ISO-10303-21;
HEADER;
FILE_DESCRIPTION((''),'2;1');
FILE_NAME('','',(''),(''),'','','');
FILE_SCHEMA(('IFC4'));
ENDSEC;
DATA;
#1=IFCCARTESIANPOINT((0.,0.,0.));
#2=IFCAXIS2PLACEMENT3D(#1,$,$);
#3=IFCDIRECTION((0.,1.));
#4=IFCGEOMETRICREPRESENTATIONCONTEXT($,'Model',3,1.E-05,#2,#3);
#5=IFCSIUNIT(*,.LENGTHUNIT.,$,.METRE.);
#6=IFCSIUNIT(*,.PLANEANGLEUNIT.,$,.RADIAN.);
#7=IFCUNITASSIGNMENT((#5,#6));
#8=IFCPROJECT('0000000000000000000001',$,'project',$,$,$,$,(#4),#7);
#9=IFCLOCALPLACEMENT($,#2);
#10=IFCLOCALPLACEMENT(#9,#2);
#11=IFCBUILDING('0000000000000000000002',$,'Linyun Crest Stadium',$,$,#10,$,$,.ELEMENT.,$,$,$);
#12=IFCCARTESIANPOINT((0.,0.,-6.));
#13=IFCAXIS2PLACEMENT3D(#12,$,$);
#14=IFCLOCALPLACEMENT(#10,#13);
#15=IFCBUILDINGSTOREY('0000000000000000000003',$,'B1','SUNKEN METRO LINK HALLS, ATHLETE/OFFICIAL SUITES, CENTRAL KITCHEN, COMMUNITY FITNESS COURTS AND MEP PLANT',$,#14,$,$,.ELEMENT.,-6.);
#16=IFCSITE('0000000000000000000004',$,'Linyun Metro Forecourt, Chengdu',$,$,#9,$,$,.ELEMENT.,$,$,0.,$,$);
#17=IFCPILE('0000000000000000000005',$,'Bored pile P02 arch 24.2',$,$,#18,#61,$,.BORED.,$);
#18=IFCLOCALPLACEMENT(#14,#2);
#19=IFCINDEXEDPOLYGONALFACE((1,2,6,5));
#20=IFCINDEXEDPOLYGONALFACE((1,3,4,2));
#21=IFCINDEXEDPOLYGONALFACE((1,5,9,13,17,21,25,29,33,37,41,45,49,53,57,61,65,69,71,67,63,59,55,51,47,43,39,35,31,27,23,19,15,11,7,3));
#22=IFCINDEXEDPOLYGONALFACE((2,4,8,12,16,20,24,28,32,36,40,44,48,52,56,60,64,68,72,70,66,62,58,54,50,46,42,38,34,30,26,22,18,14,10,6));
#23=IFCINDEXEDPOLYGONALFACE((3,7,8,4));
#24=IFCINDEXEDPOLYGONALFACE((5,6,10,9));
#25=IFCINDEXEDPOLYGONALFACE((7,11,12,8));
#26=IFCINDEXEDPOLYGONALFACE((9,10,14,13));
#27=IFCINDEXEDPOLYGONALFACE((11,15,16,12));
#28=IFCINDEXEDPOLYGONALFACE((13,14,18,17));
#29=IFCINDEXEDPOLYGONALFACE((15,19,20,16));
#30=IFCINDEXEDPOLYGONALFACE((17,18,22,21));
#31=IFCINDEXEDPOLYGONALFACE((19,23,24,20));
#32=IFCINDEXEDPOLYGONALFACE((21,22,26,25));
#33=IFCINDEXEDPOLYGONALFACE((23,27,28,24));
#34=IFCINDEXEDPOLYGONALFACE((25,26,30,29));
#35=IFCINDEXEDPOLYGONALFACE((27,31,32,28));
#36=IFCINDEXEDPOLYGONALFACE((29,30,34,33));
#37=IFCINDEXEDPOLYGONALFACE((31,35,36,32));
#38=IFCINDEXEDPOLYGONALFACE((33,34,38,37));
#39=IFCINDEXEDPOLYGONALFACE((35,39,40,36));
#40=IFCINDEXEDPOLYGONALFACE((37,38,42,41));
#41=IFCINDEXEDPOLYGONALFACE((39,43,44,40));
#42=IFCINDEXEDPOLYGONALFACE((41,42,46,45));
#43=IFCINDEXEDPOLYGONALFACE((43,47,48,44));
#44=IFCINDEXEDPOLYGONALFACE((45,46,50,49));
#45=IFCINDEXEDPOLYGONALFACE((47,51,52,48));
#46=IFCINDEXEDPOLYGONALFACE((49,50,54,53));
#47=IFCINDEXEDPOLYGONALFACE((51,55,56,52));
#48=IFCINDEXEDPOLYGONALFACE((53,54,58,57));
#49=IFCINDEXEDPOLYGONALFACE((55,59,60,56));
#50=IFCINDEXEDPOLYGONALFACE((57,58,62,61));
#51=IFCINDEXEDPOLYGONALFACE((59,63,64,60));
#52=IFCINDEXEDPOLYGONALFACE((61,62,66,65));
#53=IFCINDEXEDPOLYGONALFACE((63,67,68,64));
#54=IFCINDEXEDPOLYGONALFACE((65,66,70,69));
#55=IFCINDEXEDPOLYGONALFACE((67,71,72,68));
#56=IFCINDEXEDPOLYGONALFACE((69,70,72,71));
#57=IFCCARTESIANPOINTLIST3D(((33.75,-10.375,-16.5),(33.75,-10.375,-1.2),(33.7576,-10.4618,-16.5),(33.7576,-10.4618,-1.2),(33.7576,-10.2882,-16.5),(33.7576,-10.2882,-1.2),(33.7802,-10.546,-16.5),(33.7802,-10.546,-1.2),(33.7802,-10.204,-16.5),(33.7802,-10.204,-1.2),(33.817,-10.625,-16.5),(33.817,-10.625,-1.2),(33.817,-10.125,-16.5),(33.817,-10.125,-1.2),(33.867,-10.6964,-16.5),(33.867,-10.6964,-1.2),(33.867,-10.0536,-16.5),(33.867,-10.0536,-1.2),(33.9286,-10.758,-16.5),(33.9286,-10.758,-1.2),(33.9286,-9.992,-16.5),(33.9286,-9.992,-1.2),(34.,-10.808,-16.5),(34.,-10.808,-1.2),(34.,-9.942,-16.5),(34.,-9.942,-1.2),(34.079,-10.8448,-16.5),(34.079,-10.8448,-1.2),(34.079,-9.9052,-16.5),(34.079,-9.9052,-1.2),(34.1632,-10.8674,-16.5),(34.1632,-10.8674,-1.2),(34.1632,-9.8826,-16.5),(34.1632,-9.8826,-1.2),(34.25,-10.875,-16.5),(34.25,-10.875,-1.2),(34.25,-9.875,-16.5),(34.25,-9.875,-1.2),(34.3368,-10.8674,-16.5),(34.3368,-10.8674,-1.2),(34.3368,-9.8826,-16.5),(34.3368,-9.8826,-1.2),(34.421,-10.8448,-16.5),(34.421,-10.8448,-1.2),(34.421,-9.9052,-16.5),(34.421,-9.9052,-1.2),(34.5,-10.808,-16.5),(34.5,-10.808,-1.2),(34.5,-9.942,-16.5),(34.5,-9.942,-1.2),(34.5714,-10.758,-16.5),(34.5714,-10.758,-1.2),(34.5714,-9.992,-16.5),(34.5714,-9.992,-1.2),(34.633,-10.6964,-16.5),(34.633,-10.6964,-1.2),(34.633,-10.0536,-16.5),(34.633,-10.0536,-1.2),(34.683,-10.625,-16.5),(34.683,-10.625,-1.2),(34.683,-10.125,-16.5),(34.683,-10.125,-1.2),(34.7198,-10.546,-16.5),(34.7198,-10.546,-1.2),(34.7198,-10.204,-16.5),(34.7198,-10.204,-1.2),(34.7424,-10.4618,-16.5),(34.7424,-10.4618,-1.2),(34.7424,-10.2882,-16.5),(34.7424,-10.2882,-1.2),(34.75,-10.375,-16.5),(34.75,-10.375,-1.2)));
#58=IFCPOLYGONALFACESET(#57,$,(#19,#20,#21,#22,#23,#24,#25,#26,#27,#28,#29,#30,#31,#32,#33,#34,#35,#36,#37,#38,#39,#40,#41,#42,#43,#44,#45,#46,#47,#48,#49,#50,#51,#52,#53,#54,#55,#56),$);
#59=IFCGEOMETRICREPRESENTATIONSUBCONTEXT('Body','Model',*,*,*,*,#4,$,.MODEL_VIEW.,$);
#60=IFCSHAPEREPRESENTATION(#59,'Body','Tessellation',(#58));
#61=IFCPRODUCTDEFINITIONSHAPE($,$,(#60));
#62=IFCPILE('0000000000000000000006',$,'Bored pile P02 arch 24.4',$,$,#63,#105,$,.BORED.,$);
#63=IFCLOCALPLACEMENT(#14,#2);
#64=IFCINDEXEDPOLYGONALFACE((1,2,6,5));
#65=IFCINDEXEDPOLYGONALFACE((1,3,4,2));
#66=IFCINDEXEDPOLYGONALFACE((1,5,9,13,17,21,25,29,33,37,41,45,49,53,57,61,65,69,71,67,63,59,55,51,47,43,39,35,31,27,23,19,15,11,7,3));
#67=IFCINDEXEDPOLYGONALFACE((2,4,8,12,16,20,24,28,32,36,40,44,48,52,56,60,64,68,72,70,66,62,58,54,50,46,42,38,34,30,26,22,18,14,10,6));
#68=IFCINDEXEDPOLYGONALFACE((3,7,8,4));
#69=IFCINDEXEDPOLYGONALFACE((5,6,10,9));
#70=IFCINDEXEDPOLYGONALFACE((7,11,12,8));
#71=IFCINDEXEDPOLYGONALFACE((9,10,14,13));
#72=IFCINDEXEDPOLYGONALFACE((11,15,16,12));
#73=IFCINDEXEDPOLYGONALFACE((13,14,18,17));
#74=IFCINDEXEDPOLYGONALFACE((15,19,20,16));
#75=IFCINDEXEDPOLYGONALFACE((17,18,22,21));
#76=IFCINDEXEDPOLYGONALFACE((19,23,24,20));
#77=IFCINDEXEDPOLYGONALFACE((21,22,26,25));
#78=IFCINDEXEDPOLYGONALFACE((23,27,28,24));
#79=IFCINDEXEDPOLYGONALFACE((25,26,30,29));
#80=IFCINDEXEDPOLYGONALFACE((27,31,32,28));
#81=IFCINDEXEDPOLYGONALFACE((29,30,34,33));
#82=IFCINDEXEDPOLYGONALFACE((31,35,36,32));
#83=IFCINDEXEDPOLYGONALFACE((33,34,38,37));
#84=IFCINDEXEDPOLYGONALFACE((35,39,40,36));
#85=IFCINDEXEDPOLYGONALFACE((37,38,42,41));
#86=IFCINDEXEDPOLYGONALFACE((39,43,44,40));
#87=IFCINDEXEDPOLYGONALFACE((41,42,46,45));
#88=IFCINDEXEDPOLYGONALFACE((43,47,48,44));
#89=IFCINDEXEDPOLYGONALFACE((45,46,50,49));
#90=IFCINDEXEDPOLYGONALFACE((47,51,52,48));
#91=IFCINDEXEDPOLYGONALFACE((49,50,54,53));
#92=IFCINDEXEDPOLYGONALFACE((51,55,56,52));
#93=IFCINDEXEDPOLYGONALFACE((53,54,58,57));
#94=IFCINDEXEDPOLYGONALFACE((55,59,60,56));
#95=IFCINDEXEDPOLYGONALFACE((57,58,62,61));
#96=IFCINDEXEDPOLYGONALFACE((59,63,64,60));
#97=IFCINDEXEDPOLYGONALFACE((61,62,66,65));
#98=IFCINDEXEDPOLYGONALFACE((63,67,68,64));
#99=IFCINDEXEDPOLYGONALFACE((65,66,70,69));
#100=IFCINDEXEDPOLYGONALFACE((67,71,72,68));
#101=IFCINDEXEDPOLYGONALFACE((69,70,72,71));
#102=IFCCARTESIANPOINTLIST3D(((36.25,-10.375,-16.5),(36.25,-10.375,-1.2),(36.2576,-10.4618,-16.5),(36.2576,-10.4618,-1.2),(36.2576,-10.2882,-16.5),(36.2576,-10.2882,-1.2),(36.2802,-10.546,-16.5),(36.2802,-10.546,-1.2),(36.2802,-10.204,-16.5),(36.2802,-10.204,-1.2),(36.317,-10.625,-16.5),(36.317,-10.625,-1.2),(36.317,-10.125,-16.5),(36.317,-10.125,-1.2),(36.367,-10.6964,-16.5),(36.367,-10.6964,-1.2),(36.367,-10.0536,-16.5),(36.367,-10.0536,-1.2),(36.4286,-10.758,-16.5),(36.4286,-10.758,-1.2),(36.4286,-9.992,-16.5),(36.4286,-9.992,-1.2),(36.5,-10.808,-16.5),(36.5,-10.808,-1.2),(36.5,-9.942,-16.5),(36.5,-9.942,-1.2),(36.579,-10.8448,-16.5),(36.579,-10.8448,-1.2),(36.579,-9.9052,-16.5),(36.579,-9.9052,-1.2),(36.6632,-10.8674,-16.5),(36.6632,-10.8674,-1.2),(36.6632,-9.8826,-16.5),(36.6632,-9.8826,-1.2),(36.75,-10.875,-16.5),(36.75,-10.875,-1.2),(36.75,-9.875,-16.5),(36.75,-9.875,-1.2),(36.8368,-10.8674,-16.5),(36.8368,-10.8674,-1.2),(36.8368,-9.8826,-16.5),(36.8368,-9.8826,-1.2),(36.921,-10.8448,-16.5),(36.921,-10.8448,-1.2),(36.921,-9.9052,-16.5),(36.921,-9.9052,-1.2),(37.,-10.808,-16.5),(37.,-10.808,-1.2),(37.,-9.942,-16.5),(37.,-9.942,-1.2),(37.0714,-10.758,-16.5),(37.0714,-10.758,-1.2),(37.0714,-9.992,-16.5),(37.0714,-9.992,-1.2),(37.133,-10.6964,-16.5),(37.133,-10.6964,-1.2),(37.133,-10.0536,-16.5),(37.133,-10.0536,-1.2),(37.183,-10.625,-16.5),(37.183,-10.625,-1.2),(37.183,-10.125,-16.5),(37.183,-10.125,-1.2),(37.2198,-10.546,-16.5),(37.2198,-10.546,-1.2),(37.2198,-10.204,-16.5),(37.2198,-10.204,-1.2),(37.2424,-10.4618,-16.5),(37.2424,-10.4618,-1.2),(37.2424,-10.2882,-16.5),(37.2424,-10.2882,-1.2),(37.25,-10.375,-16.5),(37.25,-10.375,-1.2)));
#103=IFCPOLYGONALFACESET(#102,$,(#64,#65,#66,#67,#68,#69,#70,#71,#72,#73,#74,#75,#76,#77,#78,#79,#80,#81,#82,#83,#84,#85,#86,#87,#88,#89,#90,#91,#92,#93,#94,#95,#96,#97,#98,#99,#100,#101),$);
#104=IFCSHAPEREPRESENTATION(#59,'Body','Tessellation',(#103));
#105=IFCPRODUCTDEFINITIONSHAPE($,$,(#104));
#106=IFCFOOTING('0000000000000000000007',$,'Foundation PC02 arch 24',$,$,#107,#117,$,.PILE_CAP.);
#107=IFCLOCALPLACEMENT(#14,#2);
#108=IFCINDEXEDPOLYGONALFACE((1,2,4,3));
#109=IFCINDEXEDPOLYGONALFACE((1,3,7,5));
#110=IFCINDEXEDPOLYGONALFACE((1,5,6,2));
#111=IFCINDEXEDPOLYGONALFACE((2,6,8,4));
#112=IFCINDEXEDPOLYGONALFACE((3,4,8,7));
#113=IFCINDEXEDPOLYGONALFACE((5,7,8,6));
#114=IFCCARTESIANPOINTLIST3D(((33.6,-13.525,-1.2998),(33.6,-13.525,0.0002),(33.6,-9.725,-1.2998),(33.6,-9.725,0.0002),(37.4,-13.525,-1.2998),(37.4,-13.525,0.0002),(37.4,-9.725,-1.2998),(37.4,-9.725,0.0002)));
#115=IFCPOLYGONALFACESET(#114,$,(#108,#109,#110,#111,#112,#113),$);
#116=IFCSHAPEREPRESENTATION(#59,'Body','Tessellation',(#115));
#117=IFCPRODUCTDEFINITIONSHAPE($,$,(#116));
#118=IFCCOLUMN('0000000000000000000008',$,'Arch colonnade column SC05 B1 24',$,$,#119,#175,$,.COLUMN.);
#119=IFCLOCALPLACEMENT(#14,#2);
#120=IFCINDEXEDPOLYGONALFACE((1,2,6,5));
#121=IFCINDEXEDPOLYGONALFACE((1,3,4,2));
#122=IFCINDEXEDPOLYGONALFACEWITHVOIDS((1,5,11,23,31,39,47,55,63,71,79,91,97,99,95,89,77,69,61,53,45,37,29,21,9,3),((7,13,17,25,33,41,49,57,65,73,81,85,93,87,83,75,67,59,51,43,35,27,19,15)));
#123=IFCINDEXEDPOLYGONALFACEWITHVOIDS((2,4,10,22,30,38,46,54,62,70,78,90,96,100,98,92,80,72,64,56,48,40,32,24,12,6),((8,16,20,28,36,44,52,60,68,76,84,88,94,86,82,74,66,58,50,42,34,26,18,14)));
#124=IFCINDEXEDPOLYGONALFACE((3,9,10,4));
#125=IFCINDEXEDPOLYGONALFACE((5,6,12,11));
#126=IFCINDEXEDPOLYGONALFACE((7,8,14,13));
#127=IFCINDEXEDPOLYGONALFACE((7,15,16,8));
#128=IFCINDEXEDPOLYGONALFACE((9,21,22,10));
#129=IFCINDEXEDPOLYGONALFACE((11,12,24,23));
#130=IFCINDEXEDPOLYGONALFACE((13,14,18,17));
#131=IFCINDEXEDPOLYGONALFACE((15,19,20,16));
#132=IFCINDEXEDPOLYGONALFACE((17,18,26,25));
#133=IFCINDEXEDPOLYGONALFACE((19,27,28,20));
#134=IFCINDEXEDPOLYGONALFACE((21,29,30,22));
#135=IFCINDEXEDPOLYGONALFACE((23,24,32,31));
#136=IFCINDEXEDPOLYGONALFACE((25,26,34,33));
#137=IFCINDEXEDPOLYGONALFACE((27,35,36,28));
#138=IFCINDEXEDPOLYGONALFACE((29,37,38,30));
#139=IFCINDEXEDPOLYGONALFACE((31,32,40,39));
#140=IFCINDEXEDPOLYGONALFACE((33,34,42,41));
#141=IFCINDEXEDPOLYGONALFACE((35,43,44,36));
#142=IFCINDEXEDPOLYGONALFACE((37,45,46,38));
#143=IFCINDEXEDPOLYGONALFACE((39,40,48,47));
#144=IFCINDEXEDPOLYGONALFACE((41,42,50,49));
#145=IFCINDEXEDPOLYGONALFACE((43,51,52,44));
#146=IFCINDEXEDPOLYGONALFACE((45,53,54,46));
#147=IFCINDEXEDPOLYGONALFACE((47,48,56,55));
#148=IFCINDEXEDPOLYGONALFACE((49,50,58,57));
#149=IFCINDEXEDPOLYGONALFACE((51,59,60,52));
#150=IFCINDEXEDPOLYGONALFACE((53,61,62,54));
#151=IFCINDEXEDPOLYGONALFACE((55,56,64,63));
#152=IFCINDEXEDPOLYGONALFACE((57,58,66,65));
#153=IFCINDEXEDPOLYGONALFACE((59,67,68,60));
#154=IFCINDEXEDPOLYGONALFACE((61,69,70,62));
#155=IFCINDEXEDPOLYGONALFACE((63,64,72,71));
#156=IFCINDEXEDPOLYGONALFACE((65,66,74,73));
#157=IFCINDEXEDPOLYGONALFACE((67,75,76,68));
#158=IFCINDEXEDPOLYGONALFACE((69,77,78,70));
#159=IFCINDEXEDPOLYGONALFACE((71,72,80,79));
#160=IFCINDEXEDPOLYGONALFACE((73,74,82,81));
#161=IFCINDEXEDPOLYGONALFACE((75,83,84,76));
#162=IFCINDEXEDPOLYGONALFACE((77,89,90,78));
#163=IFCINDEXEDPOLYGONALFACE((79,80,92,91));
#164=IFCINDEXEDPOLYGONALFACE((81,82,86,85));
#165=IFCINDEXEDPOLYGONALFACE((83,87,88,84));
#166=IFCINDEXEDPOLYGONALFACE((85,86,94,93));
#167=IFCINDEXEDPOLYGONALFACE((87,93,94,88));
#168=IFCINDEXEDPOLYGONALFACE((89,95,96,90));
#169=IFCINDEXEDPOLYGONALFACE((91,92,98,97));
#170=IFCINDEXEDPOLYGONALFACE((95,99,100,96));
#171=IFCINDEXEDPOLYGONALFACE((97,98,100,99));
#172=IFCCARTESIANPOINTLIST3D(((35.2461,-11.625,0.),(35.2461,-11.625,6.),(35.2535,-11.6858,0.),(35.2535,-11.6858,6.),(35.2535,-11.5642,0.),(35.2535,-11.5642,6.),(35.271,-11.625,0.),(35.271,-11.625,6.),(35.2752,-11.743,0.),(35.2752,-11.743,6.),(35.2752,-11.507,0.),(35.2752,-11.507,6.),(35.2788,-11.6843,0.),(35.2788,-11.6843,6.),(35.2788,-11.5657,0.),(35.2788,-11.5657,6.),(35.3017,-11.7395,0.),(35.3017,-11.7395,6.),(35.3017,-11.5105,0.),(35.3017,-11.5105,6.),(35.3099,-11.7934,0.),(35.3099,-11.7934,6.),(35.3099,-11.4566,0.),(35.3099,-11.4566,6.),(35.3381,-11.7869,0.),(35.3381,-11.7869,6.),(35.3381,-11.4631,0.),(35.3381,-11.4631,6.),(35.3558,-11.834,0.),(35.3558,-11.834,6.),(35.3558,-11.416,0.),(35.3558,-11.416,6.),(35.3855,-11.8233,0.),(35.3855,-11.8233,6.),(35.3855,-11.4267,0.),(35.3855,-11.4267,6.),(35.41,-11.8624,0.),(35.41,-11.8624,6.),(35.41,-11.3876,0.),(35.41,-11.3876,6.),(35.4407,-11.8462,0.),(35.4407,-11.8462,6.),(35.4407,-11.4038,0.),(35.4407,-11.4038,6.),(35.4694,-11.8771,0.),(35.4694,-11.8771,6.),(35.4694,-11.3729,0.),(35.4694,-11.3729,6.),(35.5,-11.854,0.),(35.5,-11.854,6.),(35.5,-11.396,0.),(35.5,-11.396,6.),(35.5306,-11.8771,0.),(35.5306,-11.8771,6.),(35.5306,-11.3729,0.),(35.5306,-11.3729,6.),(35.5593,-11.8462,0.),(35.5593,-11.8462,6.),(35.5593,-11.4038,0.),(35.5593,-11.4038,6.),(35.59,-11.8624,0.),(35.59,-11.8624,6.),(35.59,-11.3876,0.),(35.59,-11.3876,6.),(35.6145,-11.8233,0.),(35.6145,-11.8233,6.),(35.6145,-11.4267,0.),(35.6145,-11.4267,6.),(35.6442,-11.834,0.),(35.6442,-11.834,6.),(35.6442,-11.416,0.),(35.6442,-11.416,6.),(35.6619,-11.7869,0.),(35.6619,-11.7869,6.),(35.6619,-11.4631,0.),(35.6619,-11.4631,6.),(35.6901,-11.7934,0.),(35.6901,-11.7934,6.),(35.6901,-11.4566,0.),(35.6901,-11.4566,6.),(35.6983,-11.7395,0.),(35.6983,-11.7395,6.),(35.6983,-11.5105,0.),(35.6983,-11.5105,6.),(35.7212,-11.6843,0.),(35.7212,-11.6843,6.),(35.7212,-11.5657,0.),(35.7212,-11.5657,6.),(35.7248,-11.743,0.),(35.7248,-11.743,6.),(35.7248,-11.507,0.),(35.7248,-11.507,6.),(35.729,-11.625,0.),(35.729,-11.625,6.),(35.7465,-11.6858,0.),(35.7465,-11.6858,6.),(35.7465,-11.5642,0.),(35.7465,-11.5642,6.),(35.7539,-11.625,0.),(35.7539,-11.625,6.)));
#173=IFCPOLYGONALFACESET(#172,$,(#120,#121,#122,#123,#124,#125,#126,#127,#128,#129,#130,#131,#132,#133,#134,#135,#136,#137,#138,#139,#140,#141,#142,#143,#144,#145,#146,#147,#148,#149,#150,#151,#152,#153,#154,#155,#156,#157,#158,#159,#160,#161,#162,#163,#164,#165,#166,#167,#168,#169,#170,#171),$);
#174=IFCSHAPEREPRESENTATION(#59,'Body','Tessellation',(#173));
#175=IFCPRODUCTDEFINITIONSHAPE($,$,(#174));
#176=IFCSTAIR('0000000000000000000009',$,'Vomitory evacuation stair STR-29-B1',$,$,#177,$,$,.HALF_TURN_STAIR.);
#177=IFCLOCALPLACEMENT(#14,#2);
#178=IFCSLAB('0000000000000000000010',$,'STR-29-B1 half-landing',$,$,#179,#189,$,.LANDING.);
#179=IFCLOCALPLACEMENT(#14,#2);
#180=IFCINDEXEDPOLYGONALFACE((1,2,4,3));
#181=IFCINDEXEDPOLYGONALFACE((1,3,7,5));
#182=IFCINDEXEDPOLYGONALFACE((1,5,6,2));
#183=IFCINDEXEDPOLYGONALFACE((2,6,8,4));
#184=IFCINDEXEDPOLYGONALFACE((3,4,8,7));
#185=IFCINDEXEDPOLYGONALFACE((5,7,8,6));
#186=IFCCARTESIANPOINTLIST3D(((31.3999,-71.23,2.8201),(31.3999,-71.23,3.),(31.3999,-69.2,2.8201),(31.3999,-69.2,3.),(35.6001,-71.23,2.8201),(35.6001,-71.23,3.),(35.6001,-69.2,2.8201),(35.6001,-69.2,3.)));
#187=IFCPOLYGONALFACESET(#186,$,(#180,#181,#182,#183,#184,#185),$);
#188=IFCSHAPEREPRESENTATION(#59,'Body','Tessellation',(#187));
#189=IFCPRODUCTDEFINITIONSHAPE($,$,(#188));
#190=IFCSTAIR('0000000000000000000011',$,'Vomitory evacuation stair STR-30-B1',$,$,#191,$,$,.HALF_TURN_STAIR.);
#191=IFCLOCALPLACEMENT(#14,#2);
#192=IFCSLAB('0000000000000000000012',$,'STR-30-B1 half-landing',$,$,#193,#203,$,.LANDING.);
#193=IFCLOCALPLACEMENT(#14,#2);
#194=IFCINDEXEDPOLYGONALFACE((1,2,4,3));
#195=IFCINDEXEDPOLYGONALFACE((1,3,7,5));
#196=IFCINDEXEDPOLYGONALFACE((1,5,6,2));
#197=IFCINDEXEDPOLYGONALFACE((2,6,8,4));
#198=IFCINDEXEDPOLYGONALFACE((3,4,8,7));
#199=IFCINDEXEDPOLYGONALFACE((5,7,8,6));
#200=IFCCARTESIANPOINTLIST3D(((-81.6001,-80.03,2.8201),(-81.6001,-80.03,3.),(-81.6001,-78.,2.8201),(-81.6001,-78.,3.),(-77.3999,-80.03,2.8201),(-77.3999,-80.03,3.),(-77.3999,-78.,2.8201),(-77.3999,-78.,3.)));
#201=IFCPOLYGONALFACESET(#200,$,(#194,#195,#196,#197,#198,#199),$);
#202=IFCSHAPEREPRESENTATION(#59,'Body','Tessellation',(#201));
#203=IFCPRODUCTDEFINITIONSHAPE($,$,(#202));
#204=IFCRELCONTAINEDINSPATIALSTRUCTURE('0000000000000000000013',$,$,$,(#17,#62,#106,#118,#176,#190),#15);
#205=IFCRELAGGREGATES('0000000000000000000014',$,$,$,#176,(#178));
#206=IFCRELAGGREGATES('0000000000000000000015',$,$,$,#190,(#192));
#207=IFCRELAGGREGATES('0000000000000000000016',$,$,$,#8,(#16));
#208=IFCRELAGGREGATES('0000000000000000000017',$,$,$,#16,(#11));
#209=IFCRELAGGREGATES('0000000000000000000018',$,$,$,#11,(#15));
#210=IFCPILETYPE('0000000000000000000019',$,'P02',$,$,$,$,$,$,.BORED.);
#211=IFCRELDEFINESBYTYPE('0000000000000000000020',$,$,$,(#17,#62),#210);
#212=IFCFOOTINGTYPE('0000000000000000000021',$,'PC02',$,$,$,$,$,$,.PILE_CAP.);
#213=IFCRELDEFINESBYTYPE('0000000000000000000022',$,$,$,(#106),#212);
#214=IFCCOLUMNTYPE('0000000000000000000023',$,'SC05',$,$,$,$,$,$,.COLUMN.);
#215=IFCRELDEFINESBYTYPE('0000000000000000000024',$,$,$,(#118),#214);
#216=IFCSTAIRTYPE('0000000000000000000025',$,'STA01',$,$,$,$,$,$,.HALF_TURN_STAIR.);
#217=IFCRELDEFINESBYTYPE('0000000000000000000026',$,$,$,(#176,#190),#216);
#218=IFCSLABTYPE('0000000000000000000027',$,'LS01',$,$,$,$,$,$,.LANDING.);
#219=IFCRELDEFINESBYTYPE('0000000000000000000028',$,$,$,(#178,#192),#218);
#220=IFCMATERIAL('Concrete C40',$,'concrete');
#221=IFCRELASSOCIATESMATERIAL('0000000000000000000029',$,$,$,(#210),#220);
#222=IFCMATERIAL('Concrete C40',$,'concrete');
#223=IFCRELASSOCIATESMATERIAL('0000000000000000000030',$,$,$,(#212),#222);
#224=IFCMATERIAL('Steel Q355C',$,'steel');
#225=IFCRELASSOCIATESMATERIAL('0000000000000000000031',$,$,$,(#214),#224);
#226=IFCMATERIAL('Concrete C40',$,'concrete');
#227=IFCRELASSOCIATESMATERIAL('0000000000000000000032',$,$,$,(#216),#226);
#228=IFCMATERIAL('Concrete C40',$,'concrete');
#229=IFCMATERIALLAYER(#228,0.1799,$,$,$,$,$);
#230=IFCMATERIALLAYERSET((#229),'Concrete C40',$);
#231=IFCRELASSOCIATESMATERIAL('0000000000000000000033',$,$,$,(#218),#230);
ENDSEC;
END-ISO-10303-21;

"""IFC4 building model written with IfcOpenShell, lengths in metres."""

from ifc_helpers import new_model, si_unit, direction, frame, origin, origin_2d, place, context, subcontext, project, spatial, polyline, rectangle, circle, hollow_circle, outline, extrude, material, layer, layer_set, material_profile, profile_set, type_object, element, aggregate, save


model = new_model("IFC4")

# Units and contexts
model_context = context("Model", 3, precision=1e-05, world=origin(), true_north=direction((0.0, 1.0)))
body_context = subcontext(model_context, "Body", "Model", "MODEL_VIEW")
ifc_project = project(units=[si_unit("LENGTHUNIT", "METRE"), si_unit("PLANEANGLEUNIT", "RADIAN")], contexts=[model_context])

# Site, building, storey
site_placement = place(None, origin())
site = spatial("IfcSite", under=ifc_project, at=site_placement, Name="Linyun Metro Forecourt, Chengdu", CompositionType="ELEMENT", RefElevation=0.0)
building_placement = place(site_placement, origin())
building = spatial("IfcBuilding", under=site, at=building_placement, Name="Linyun Crest Stadium", CompositionType="ELEMENT")
storey_placement = place(building_placement, frame((0.0, 0.0, -6.0)))
storey = spatial("IfcBuildingStorey", under=building, at=storey_placement, Name="B1", Description="SUNKEN METRO LINK HALLS, ATHLETE/OFFICIAL SUITES, CENTRAL KITCHEN, COMMUNITY FITNESS COURTS AND MEP PLANT", CompositionType="ELEMENT", Elevation=-6.0)

# Piles
ifc_material_1 = material(Name="Concrete C40", Category="concrete")
ifc_material_profile_1 = material_profile(ifc_material_1, circle(Radius=0.5, at=origin_2d()), Name="BORED PILE 1000")
ifc_profile_set_1 = profile_set([ifc_material_profile_1], Name="Concrete C40")
pile_type = type_object("IfcPileType", Name="P02", PredefinedType="BORED", material=ifc_profile_set_1)
for number, where, z_axis, x_axis, name in (
    (1, (34.25, -10.375, -1.2), (0.0, 0.0, -1.0), (1.0, 0.0, 0.0), "Bored pile P02 arch 24.2"),
    (2, (36.75, -10.375, -1.2), (0.0, 0.0, -1.0), (1.0, 0.0, 0.0), "Bored pile P02 arch 24.4"),
):
    element("IfcPile", number, at=place(storey_placement, frame(where, z_axis=z_axis, x_axis=x_axis)), inside=storey, type_object=pile_type, Name=name, PredefinedType="BORED", context=body_context, shape_type="SweptSolid", body=[
        extrude(circle(Radius=0.5, at=origin_2d()), origin(), (0.0, 0.0, 1.0), 15.3),
    ])

# Footing
ifc_material_2 = material(Name="Concrete C40", Category="concrete")
footing_type = type_object("IfcFootingType", Name="PC02", PredefinedType="PILE_CAP", material=ifc_material_2)
footing_placement = place(storey_placement, frame((35.5, -11.625, -1.2998), z_axis=(0.0, 0.0, 1.0), x_axis=(1.0, 0.0, 0.0)))
element("IfcFooting", 3, at=footing_placement, inside=storey, type_object=footing_type, Name="Foundation PC02 arch 24", PredefinedType="PILE_CAP", context=body_context, shape_type="SweptSolid", body=[
    extrude(rectangle(XDim=3.8, YDim=3.8, at=origin_2d()), origin(), (0.0, 0.0, 1.0), 1.3),
])

# Column
ifc_material_3 = material(Name="Steel Q355C", Category="steel")
ifc_material_profile_2 = material_profile(ifc_material_3, hollow_circle(Radius=0.2539, WallThickness=0.0249, at=origin_2d()), Name="CHS 508x25")
ifc_profile_set_2 = profile_set([ifc_material_profile_2], Name="Steel Q355C")
column_type = type_object("IfcColumnType", Name="SC05", PredefinedType="COLUMN", material=ifc_profile_set_2)
column_placement = place(storey_placement, frame((35.5, -11.625, 0.0), z_axis=(0.0, 0.0, 1.0), x_axis=(1.0, 0.0, 0.0)))
element("IfcColumn", 4, at=column_placement, inside=storey, type_object=column_type, Name="Arch colonnade column SC05 B1 24", PredefinedType="COLUMN", context=body_context, shape_type="SweptSolid", body=[
    extrude(hollow_circle(Radius=0.2539, WallThickness=0.0249, at=origin_2d()), origin(), (0.0, 0.0, 1.0), 6.0),
])

# Stairs, slabs
ifc_material_4 = material(Name="Concrete C40", Category="concrete")
stair_type = type_object("IfcStairType", Name="STA01", PredefinedType="HALF_TURN_STAIR", material=ifc_material_4)
stair_1_placement = place(storey_placement, origin())
stair_1 = element("IfcStair", 5, at=stair_1_placement, inside=storey, type_object=stair_type, Name="Vomitory evacuation stair STR-29-B1", PredefinedType="HALF_TURN_STAIR")
ifc_material_5 = material(Name="Concrete C40", Category="concrete")
ifc_layer_1 = layer(ifc_material_5, 0.1799)
ifc_layer_set_1 = layer_set([ifc_layer_1], Name="Concrete C40")
slab_type_1 = type_object("IfcSlabType", Name="LS01", PredefinedType="LANDING", material=ifc_layer_set_1)
slab_1_placement = place(storey_placement, frame((0.0, 0.0, 2.8201)))
slab_1 = element("IfcSlab", 6, at=slab_1_placement, type_object=slab_type_1, Name="STR-29-B1 half-landing", PredefinedType="LANDING", context=body_context, shape_type="SweptSolid", body=[
    extrude(outline(polyline([(31.3999, -71.23), (35.6001, -71.23), (35.6001, -69.2), (31.3999, -69.2), (31.3999, -71.23)])), origin(), (0.0, 0.0, 1.0), 0.1799),
])
aggregate(stair_1, [slab_1])
stair_2_placement = place(storey_placement, origin())
stair_2 = element("IfcStair", 7, at=stair_2_placement, inside=storey, type_object=stair_type, Name="Vomitory evacuation stair STR-30-B1", PredefinedType="HALF_TURN_STAIR")
slab_2_placement = place(storey_placement, frame((0.0, 0.0, 2.8201)))
slab_2 = element("IfcSlab", 8, at=slab_2_placement, type_object=slab_type_1, Name="STR-30-B1 half-landing", PredefinedType="LANDING", context=body_context, shape_type="SweptSolid", body=[
    extrude(outline(polyline([(-81.6001, -80.03), (-77.3999, -80.03), (-77.3999, -78.0), (-81.6001, -78.0), (-81.6001, -80.03)])), origin(), (0.0, 0.0, 1.0), 0.1799),
])
aggregate(stair_2, [slab_2])

save(model, "model.ifc")
